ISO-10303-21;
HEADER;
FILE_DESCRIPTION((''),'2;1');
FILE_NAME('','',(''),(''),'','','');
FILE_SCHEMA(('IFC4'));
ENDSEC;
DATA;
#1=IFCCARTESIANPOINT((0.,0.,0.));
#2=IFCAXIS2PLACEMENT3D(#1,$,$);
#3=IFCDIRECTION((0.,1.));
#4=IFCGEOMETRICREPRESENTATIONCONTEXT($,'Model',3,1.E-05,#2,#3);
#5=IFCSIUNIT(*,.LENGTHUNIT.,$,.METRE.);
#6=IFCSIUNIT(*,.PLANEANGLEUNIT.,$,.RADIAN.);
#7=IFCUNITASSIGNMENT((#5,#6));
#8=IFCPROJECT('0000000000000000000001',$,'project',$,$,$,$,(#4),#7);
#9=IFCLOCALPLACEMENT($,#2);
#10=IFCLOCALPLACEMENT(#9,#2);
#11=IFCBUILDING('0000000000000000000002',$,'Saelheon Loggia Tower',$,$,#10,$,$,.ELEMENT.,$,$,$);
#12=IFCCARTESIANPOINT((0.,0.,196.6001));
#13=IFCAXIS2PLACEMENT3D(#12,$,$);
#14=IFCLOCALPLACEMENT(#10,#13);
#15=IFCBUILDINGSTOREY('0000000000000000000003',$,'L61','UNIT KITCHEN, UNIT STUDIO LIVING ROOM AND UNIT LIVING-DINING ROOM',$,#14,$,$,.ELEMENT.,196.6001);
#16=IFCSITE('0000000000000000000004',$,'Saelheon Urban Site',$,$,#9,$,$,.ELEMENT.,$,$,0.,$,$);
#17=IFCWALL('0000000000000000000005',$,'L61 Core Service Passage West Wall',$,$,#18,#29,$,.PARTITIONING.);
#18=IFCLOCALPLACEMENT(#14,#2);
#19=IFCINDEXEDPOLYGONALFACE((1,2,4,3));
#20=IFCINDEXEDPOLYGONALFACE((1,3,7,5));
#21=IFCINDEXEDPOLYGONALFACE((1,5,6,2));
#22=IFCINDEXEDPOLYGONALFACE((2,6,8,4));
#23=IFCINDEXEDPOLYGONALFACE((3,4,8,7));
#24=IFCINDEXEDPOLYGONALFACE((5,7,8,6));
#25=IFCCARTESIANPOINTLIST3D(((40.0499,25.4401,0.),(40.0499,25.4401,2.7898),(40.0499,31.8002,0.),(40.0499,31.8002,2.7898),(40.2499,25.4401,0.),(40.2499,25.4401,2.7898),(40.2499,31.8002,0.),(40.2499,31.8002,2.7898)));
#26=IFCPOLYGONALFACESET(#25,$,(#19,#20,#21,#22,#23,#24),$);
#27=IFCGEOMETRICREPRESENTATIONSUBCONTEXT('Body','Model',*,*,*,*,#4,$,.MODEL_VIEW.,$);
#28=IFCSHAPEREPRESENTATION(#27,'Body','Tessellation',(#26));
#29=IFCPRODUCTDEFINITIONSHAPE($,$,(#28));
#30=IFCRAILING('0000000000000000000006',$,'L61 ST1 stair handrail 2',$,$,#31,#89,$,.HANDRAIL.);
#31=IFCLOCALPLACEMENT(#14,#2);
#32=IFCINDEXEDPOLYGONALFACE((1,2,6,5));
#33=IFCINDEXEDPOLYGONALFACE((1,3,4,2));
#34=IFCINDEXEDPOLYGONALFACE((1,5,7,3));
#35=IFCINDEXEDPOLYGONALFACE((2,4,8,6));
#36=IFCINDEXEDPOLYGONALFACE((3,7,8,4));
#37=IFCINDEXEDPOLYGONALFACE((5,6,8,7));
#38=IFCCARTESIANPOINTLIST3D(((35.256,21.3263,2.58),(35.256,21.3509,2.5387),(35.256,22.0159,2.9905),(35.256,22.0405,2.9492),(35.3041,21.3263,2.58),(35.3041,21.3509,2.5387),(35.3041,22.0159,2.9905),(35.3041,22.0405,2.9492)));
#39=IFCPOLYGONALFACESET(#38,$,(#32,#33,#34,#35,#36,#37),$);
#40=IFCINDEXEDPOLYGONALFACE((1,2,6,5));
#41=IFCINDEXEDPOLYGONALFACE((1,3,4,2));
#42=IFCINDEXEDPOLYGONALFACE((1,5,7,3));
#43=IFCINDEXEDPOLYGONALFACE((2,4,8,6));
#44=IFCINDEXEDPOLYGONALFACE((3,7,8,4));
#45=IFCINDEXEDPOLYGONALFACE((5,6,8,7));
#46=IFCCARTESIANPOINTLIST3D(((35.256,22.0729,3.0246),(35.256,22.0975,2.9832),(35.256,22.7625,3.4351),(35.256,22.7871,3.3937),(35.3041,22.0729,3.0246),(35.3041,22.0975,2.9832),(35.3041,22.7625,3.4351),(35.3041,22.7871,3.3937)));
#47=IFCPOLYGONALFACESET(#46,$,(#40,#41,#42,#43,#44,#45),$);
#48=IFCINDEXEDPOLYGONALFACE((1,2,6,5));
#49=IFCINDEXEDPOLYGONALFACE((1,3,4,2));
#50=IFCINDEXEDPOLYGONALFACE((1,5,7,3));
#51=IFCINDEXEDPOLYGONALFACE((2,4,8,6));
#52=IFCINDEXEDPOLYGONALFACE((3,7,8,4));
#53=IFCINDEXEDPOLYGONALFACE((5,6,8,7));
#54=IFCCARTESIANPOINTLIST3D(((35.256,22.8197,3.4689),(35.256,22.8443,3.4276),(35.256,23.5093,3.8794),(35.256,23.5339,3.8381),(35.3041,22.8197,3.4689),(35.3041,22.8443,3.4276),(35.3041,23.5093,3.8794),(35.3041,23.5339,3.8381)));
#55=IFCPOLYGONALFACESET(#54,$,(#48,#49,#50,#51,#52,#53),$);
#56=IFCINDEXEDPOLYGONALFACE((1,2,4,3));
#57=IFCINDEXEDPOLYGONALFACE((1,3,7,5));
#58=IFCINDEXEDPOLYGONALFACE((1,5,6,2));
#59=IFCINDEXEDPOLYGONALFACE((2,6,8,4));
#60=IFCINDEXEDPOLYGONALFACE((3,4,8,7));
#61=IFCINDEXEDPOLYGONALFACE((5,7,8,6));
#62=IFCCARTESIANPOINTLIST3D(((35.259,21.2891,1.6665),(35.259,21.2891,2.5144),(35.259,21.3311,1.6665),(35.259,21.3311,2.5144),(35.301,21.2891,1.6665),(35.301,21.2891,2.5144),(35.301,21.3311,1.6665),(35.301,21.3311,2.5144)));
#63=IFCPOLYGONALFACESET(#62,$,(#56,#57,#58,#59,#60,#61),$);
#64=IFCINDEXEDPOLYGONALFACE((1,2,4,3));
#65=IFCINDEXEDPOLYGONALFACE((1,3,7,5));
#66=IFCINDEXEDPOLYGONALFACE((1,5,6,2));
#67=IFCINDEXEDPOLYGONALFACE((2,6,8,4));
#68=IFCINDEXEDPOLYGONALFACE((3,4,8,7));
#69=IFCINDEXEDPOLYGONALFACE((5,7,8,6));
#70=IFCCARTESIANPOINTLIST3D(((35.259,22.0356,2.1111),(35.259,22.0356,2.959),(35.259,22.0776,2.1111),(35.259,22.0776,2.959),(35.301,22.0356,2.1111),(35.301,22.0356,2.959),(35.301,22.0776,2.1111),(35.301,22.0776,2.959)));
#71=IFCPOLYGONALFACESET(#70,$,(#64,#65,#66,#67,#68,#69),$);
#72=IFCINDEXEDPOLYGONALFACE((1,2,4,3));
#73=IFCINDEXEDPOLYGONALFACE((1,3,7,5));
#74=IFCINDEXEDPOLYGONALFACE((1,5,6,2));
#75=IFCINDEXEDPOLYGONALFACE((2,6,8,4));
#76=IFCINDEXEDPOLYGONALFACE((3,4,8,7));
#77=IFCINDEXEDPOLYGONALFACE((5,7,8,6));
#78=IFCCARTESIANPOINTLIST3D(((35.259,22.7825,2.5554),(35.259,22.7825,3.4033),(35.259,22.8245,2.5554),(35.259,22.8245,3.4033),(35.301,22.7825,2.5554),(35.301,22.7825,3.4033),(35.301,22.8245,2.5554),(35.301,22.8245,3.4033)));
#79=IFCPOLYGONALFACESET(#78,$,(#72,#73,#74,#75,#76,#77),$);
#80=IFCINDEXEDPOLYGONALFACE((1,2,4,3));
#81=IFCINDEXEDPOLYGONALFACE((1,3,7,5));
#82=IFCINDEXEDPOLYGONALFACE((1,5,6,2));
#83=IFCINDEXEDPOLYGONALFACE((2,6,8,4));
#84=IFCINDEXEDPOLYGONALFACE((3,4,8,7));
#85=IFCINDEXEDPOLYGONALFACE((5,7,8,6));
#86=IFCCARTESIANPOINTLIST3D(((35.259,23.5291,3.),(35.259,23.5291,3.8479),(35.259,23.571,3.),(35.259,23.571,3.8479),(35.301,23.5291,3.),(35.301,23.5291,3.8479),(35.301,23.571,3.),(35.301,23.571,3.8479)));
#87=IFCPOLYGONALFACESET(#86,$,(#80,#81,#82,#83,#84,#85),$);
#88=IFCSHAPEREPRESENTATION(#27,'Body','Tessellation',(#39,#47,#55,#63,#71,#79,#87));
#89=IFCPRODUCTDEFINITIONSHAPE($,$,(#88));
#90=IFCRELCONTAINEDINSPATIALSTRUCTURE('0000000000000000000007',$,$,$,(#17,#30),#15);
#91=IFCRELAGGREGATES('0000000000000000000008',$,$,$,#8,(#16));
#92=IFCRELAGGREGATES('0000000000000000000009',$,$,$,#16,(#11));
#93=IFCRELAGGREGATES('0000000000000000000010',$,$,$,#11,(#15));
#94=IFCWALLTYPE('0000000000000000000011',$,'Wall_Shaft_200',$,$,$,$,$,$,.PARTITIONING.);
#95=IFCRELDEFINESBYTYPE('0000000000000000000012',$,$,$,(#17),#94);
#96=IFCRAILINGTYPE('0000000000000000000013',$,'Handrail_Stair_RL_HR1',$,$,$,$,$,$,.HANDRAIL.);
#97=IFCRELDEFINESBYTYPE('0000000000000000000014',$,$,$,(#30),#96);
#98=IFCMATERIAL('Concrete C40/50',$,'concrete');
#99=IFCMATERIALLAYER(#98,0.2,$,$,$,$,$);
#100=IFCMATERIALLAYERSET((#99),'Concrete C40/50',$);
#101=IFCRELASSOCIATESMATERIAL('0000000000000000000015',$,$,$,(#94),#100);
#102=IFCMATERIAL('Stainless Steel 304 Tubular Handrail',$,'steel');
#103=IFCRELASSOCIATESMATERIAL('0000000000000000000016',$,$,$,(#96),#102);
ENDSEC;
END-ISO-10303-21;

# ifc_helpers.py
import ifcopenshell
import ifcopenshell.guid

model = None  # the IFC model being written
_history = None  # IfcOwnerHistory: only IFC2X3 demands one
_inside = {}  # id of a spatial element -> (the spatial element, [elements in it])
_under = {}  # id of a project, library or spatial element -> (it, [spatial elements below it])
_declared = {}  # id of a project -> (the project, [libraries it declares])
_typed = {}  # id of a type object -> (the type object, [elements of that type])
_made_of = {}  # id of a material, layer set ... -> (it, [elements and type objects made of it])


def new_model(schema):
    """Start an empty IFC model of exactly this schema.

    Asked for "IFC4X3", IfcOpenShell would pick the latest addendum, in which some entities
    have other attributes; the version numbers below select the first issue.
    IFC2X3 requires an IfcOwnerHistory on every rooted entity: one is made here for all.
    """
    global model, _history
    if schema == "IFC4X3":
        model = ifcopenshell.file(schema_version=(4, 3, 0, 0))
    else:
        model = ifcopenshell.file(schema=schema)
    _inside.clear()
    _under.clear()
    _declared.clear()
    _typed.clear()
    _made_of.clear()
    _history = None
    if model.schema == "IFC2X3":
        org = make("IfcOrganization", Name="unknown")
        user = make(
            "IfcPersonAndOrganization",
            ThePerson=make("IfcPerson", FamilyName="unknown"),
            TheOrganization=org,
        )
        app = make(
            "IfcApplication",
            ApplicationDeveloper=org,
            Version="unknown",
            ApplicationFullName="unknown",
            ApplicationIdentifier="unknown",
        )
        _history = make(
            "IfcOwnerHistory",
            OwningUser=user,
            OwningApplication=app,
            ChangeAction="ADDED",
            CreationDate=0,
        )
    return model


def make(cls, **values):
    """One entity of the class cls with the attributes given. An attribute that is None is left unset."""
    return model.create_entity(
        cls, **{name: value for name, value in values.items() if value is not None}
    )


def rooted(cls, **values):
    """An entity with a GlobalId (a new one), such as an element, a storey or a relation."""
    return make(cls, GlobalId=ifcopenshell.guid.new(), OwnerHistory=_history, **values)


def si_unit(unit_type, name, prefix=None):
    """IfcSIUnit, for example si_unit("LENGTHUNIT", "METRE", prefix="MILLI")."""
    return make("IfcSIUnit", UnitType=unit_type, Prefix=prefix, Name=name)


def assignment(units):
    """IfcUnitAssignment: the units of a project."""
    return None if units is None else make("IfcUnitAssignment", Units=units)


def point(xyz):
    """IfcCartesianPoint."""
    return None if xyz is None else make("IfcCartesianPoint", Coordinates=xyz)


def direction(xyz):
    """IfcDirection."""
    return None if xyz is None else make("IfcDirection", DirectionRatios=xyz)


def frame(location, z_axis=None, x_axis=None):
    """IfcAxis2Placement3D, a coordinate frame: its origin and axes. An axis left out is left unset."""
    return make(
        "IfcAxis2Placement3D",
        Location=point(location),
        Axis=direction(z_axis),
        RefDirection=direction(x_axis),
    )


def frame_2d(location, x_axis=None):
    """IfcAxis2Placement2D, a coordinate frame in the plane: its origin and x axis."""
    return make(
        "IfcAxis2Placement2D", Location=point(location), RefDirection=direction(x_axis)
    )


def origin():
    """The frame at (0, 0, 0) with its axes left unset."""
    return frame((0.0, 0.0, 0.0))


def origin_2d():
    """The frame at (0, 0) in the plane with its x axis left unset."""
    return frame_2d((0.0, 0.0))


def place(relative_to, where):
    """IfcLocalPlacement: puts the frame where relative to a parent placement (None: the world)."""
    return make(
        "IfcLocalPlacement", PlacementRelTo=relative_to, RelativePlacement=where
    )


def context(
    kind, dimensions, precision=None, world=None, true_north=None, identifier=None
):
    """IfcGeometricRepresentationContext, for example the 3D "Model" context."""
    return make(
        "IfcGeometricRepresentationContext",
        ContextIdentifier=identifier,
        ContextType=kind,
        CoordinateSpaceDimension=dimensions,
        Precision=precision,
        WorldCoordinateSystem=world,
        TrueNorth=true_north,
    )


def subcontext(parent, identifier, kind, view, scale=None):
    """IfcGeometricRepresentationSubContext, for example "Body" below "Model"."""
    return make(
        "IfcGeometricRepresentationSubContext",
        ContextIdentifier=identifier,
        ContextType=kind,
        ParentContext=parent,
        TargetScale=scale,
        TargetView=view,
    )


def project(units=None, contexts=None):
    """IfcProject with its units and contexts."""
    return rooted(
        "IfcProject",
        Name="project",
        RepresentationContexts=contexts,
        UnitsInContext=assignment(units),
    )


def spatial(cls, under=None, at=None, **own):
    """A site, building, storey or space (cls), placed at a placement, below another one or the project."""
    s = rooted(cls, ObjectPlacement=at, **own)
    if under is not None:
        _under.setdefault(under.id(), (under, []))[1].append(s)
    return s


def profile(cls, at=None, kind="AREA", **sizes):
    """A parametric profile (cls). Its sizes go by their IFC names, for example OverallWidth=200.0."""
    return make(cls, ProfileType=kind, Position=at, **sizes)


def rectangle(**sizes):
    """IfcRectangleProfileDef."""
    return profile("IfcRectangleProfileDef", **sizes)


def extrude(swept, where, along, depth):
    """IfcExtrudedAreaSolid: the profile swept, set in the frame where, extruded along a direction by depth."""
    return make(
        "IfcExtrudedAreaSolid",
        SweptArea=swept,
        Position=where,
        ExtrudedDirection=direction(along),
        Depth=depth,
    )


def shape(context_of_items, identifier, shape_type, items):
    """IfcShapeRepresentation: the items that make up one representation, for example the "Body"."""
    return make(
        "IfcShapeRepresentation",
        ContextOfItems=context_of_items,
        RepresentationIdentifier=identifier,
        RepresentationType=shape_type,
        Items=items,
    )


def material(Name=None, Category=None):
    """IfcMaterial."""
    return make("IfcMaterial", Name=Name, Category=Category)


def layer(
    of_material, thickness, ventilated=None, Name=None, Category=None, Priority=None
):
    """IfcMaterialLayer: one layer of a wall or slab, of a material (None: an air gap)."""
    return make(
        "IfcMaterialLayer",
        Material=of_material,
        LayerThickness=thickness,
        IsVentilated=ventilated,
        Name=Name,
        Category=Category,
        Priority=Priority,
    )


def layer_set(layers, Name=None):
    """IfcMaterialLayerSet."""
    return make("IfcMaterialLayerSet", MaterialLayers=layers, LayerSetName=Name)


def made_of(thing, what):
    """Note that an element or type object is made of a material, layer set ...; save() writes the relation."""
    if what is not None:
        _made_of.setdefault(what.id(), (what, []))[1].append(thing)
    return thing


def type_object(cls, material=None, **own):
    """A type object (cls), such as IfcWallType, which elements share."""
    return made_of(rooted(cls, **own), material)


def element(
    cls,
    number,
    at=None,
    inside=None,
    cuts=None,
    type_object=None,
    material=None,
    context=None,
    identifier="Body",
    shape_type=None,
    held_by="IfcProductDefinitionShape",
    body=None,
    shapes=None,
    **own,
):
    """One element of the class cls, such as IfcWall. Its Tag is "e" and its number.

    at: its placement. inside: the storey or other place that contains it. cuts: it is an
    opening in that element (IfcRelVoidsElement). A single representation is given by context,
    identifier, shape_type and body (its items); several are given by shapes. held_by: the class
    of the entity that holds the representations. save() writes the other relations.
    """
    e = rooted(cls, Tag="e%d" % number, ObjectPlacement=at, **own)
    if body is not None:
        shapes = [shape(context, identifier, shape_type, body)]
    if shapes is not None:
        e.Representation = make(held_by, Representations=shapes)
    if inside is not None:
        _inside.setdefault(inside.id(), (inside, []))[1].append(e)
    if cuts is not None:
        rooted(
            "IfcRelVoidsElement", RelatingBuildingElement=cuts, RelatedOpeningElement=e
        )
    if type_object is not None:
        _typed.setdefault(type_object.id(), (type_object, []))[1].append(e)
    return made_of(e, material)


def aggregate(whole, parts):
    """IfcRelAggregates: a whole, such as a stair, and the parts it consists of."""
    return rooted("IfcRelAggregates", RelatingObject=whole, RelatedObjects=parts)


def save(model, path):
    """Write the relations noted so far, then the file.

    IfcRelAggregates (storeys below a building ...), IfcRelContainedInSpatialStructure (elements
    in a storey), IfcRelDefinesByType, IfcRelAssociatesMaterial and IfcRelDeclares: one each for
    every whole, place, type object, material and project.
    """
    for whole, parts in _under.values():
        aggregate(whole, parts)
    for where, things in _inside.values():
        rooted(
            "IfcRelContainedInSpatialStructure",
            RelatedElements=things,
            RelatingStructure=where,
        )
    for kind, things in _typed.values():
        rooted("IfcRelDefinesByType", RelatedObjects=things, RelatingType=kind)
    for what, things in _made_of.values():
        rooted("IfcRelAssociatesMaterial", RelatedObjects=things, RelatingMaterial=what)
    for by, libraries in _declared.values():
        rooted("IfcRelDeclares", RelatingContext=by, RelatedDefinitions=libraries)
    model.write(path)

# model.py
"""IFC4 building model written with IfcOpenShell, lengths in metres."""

from ifc_helpers import new_model, si_unit, direction, frame, frame_2d, origin, origin_2d, place, context, subcontext, project, spatial, rectangle, extrude, material, layer, layer_set, type_object, element, save


model = new_model("IFC4")

# Units and contexts
model_context = context("Model", 3, precision=1e-05, world=origin(), true_north=direction((0.0, 1.0)))
body_context = subcontext(model_context, "Body", "Model", "MODEL_VIEW")
ifc_project = project(units=[si_unit("LENGTHUNIT", "METRE"), si_unit("PLANEANGLEUNIT", "RADIAN")], contexts=[model_context])

# Site, building, storey
site_placement = place(None, origin())
site = spatial("IfcSite", under=ifc_project, at=site_placement, Name="Saelheon Urban Site", CompositionType="ELEMENT", RefElevation=0.0)
building_placement = place(site_placement, origin())
building = spatial("IfcBuilding", under=site, at=building_placement, Name="Saelheon Loggia Tower", CompositionType="ELEMENT")
storey_placement = place(building_placement, frame((0.0, 0.0, 196.6001)))
storey = spatial("IfcBuildingStorey", under=building, at=storey_placement, Name="L61", Description="UNIT KITCHEN, UNIT STUDIO LIVING ROOM AND UNIT LIVING-DINING ROOM", CompositionType="ELEMENT", Elevation=196.6001)

# Wall
ifc_material_1 = material(Name="Concrete C40/50", Category="concrete")
ifc_layer_1 = layer(ifc_material_1, 0.2)
ifc_layer_set_1 = layer_set([ifc_layer_1], Name="Concrete C40/50")
wall_type_1 = type_object("IfcWallType", Name="Wall_Shaft_200", PredefinedType="PARTITIONING", material=ifc_layer_set_1)
wall_1_placement = place(storey_placement, frame((40.1499, 25.4399, 0.0), z_axis=(0.0, 0.0, 1.0), x_axis=(0.0, 1.0, 0.0)))
element("IfcWall", 1, at=wall_1_placement, inside=storey, type_object=wall_type_1, Name="L61 Core Service Passage West Wall", PredefinedType="PARTITIONING", context=body_context, shape_type="SweptSolid", body=[
    extrude(rectangle(XDim=6.3601, YDim=0.2, at=frame_2d((3.1802, 0.0))), origin(), (0.0, 0.0, 1.0), 2.7898),
])

# Railing
ifc_material_2 = material(Name="Stainless Steel 304 Tubular Handrail", Category="steel")
railing_type = type_object("IfcRailingType", Name="Handrail_Stair_RL_HR1", PredefinedType="HANDRAIL", material=ifc_material_2)
railing_placement = place(storey_placement, frame((35.28, 21.3101, 1.6665)))
element("IfcRailing", 2, at=railing_placement, inside=storey, type_object=railing_type, Name="L61 ST1 stair handrail 2", PredefinedType="HANDRAIL", context=body_context, shape_type="SweptSolid", body=[
    extrude(rectangle(XDim=0.0481, YDim=0.0481, at=origin_2d()), frame((0.0, 0.0286, 0.8928), z_axis=(0.0, 0.859264, 0.511532), x_axis=(-1.0, 0.0, 0.0)), (0.0, 0.0, 1.0), 0.8025),
    extrude(rectangle(XDim=0.0481, YDim=0.0481, at=origin_2d()), frame((0.0, 0.7751, 1.3374), z_axis=(0.0, 0.859264, 0.511532), x_axis=(-1.0, 0.0, 0.0)), (0.0, 0.0, 1.0), 0.8025),
    extrude(rectangle(XDim=0.0481, YDim=0.0481, at=origin_2d()), frame((0.0, 1.522, 1.7817), z_axis=(0.0, 0.859264, 0.511532), x_axis=(-1.0, 0.0, 0.0)), (0.0, 0.0, 1.0), 0.8025),
    extrude(rectangle(XDim=0.042, YDim=0.042, at=origin_2d()), origin(), (0.0, 0.0, 1.0), 0.8479),
    extrude(rectangle(XDim=0.042, YDim=0.042, at=origin_2d()), frame((0.0, 0.7466, 0.4446)), (0.0, 0.0, 1.0), 0.8479),
    extrude(rectangle(XDim=0.042, YDim=0.042, at=origin_2d()), frame((0.0, 1.4934, 0.8889)), (0.0, 0.0, 1.0), 0.8479),
    extrude(rectangle(XDim=0.042, YDim=0.042, at=origin_2d()), frame((0.0, 2.24, 1.3335)), (0.0, 0.0, 1.0), 0.8479),
])

save(model, "model.ifc")
